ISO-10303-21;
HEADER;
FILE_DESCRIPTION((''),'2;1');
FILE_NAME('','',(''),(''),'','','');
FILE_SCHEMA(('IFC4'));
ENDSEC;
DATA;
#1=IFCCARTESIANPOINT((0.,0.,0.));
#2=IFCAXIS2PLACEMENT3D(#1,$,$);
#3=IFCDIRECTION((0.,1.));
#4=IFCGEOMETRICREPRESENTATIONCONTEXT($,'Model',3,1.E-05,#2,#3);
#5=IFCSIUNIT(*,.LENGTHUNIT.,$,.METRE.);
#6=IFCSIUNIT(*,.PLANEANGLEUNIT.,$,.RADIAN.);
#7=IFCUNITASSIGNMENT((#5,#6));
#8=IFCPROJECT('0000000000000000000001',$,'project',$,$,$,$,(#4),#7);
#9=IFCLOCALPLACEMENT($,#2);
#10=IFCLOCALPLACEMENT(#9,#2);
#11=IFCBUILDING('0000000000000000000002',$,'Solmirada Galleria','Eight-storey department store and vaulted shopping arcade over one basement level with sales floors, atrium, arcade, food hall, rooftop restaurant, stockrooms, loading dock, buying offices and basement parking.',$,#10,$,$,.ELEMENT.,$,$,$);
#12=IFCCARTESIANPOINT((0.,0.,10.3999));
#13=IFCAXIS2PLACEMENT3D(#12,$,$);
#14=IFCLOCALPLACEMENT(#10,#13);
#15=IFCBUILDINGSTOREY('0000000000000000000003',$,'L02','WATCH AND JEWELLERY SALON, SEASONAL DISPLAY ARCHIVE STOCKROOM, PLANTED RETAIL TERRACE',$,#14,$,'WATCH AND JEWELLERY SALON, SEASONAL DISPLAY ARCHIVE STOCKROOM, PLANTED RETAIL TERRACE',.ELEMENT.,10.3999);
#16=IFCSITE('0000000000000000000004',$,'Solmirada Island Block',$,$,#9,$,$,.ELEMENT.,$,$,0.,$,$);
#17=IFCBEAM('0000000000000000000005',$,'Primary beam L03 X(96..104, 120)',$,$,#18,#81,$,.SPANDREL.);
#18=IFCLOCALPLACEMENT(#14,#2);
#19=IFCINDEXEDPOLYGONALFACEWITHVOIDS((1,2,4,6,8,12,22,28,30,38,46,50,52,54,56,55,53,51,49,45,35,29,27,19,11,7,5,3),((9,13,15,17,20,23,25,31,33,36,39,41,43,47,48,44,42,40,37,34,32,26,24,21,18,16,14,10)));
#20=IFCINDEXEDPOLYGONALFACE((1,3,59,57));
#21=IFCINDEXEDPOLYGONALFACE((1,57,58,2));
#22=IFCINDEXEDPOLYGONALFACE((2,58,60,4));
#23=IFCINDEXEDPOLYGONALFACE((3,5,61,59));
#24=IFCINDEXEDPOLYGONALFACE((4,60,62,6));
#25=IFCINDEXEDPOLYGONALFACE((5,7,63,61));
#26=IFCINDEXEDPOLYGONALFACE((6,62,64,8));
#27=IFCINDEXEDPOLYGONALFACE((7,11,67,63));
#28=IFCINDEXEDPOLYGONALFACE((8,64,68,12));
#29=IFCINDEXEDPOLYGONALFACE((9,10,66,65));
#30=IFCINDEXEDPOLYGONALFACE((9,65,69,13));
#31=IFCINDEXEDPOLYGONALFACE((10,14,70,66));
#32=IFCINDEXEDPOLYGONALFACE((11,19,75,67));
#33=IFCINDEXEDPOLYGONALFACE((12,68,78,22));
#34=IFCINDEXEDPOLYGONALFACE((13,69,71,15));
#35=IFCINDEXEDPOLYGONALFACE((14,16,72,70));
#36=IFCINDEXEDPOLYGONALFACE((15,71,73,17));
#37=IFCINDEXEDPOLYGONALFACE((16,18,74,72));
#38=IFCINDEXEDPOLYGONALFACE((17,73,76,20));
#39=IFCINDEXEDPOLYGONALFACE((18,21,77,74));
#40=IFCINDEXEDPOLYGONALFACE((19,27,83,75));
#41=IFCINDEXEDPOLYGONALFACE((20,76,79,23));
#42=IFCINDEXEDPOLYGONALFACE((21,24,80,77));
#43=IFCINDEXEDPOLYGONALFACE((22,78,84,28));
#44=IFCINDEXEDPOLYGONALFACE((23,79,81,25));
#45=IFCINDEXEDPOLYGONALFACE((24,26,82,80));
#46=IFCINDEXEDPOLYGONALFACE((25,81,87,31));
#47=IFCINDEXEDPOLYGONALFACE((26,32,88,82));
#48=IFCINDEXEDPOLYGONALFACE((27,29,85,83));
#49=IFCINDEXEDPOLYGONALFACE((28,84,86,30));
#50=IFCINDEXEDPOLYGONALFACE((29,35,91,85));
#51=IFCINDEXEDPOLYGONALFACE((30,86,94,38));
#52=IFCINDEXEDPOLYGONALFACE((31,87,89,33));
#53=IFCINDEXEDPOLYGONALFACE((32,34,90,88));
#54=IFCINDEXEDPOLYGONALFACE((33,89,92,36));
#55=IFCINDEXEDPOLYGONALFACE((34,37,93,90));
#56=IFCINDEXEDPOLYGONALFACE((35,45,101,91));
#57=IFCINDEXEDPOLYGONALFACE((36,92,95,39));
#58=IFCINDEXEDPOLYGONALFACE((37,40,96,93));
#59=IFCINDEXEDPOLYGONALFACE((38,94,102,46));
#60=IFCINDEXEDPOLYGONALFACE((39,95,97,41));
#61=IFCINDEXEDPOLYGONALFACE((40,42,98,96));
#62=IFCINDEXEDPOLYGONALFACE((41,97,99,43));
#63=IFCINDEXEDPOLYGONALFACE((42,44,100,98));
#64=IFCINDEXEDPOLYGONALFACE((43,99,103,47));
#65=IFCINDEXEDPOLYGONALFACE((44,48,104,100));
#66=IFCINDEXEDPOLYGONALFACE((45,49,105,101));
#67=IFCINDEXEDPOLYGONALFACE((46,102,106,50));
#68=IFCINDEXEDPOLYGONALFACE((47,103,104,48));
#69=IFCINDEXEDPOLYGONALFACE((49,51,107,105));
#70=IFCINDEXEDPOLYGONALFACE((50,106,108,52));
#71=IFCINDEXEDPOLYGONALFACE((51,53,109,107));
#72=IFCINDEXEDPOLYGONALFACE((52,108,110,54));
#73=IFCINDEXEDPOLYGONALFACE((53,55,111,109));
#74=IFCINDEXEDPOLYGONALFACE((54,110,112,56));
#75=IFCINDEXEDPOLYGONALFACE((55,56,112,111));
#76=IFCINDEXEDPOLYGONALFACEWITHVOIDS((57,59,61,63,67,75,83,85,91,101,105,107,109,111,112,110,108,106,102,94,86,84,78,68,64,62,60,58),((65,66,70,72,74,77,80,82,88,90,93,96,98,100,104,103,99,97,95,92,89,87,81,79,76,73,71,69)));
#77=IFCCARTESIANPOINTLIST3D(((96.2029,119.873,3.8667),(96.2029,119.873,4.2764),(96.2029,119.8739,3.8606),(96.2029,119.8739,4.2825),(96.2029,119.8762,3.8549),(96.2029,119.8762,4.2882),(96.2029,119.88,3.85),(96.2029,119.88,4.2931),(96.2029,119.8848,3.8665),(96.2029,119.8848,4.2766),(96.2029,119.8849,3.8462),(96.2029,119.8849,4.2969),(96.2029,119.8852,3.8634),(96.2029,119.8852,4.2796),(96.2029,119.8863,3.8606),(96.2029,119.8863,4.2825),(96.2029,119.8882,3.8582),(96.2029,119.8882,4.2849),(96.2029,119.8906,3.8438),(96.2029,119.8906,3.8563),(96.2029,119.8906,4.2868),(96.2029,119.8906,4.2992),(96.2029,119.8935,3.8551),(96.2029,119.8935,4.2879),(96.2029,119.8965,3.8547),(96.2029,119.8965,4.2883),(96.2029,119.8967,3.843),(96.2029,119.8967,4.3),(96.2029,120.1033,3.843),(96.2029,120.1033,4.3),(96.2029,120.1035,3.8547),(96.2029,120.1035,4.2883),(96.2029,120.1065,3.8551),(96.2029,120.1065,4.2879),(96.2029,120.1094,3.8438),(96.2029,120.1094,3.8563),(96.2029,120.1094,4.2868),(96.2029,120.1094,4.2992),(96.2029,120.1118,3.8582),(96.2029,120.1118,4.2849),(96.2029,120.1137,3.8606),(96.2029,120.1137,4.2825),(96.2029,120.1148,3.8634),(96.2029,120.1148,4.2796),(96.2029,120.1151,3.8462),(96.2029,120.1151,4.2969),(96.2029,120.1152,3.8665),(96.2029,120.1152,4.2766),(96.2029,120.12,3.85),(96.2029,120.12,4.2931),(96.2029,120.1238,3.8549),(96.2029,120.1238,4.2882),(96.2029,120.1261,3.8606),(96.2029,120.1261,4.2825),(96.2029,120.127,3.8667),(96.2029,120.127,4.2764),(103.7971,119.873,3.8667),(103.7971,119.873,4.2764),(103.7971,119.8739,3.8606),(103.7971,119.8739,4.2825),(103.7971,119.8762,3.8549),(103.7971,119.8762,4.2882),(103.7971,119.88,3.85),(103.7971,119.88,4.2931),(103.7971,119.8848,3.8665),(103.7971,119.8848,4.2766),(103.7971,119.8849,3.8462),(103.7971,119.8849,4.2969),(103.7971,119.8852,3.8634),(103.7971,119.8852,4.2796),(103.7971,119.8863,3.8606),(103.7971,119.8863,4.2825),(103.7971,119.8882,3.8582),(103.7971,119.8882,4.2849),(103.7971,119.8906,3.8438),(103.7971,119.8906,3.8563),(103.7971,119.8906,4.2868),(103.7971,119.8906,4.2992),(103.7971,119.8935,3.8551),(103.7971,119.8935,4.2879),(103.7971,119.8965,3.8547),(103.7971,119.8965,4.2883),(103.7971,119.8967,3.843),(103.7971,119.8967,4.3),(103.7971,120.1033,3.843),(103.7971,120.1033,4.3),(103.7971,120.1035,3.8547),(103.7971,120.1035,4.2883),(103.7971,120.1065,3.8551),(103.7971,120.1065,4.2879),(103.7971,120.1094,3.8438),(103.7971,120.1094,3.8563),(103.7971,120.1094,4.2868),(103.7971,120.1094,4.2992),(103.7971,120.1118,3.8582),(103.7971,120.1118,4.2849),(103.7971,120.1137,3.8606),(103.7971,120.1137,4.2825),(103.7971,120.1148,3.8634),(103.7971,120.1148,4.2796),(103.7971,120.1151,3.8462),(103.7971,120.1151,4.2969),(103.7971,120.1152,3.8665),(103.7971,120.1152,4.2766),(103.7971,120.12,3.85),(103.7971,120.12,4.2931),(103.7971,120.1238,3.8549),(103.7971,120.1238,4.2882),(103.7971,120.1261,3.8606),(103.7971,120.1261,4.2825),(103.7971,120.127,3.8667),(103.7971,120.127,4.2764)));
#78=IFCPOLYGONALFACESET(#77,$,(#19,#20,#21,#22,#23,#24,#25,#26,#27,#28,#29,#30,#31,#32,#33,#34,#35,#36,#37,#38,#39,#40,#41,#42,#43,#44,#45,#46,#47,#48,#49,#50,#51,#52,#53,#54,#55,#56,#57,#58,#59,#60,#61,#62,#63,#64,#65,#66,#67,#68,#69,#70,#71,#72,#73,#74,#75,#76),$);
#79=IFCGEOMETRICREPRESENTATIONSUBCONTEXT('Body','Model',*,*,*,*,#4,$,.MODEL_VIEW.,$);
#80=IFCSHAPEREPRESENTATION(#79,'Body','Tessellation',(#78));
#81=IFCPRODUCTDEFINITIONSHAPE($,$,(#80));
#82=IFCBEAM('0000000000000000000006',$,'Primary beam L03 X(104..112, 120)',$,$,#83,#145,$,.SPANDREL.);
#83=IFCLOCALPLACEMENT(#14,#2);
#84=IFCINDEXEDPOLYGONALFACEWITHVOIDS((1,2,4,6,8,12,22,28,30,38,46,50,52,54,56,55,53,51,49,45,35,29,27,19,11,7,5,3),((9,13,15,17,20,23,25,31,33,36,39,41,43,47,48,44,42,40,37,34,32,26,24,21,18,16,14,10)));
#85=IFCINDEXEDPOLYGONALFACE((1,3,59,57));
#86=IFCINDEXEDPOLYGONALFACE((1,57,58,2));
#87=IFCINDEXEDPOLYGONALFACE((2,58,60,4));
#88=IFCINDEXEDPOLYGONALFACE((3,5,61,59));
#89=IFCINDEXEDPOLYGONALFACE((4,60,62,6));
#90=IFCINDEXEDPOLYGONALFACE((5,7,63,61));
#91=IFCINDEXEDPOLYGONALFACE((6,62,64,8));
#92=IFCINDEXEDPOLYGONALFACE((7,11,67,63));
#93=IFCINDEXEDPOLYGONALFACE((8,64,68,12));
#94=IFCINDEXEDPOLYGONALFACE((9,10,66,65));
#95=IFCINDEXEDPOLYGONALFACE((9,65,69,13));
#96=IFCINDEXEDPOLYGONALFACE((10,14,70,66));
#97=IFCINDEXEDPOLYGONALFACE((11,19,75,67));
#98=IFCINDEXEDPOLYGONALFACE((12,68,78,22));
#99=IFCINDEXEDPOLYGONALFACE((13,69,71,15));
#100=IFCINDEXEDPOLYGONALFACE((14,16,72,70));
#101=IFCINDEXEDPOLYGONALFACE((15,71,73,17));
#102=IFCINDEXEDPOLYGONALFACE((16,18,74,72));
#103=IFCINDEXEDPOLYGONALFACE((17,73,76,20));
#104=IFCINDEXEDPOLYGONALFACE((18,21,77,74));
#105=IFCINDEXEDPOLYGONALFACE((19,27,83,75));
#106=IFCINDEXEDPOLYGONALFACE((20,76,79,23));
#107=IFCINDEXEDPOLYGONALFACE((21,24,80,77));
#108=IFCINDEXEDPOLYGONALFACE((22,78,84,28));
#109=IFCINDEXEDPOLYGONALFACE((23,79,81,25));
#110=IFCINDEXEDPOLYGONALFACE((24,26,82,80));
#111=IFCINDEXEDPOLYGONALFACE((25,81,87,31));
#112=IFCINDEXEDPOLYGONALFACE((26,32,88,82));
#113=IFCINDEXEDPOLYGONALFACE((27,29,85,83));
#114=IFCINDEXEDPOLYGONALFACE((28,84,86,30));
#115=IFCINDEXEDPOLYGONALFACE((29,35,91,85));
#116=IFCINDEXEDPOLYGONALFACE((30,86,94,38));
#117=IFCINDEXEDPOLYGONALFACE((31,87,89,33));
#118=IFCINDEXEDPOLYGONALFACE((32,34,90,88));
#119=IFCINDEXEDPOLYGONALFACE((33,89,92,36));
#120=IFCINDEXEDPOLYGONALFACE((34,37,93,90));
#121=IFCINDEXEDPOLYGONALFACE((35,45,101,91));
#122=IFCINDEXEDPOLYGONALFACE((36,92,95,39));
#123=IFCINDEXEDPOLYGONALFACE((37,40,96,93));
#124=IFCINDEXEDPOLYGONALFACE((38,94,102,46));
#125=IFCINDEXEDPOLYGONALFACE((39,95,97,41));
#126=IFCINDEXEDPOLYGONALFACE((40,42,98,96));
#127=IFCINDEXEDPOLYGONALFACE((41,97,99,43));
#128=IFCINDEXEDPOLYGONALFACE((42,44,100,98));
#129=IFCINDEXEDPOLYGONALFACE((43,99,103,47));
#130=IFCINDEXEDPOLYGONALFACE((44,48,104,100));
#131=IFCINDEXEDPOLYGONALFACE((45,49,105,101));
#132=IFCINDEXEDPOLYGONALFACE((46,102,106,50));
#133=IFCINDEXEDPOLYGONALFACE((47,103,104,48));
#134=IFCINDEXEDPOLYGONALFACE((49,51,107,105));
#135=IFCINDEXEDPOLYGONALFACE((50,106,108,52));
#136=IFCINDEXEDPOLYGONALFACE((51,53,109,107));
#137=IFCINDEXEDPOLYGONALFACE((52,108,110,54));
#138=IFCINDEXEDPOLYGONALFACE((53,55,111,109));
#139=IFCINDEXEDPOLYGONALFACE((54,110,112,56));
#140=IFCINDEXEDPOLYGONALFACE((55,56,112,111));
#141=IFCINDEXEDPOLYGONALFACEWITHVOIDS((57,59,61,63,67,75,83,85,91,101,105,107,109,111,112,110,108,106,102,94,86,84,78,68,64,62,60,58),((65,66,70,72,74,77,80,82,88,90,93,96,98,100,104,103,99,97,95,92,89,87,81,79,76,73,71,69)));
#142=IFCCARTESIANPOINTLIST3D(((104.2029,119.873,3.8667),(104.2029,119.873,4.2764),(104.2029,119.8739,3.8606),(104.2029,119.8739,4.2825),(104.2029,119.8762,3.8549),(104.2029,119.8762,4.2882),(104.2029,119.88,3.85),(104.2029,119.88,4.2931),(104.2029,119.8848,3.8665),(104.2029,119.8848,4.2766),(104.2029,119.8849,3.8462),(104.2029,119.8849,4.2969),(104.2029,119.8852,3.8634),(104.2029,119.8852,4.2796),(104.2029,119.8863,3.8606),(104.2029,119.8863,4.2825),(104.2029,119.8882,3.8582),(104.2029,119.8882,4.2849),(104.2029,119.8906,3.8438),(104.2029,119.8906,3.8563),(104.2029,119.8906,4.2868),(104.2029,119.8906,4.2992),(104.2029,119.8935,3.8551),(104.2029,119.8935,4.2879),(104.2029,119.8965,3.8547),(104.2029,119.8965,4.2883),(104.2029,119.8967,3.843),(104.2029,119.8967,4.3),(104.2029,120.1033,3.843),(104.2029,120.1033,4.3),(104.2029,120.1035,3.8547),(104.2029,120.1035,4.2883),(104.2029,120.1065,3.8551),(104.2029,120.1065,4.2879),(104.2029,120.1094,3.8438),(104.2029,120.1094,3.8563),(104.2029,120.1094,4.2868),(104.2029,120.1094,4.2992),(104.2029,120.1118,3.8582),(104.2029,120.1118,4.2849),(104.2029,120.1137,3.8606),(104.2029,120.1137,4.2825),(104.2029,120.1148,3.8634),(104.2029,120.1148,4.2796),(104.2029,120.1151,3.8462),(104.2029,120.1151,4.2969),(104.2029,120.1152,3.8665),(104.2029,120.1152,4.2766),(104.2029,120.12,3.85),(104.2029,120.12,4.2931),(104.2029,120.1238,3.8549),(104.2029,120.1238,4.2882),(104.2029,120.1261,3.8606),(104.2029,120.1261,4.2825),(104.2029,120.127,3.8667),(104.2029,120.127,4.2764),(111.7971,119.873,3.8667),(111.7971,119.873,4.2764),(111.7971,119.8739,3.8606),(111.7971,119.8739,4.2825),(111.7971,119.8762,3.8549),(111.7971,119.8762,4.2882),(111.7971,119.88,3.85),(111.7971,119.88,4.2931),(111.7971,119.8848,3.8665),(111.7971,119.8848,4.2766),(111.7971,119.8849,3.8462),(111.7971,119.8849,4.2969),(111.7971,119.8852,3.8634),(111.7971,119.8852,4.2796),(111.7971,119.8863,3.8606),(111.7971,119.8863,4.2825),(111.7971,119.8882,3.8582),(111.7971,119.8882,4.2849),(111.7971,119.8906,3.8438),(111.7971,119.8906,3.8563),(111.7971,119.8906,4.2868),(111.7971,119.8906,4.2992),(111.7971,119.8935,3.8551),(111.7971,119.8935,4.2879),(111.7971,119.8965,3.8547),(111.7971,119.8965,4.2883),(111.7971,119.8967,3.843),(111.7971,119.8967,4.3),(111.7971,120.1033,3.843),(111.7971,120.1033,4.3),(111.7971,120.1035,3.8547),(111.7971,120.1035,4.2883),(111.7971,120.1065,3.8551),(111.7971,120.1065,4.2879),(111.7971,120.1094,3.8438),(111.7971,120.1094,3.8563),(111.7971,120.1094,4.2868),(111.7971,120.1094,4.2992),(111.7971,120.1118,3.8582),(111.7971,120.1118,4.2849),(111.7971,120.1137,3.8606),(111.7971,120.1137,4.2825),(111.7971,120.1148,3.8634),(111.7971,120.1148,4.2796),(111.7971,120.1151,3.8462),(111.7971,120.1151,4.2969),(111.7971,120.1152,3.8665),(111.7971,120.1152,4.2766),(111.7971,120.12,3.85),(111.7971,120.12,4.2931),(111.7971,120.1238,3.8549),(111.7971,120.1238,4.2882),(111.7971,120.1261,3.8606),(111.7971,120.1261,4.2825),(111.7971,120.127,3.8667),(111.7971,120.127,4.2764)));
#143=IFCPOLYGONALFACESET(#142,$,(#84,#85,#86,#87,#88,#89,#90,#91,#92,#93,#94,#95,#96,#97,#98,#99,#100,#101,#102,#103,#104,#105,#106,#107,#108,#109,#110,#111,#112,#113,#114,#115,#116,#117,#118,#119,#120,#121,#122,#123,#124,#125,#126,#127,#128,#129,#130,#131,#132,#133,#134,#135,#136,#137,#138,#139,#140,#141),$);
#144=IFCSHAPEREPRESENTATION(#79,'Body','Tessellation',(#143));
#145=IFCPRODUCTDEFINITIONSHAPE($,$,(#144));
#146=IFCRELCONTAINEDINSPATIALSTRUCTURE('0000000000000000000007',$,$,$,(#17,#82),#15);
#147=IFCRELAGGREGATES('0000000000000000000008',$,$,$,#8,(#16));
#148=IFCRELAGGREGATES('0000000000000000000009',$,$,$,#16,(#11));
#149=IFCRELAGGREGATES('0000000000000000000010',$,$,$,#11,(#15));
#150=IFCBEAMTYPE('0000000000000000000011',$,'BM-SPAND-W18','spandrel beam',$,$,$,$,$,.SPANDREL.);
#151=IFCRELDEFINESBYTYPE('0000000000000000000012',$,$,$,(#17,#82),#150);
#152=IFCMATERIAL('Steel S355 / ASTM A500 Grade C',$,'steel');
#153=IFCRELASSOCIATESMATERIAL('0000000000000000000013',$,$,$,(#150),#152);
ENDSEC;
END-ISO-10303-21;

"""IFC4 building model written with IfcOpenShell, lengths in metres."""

from ifc_helpers import new_model, si_unit, direction, frame, origin, origin_2d, place, context, subcontext, project, spatial, hollow_rectangle, extrude, material, material_profile, profile_set, type_object, element, save


model = new_model("IFC4")

# Units and contexts
model_context = context("Model", 3, precision=1e-05, world=origin(), true_north=direction((0.0, 1.0)))
body_context = subcontext(model_context, "Body", "Model", "MODEL_VIEW")
ifc_project = project(units=[si_unit("LENGTHUNIT", "METRE"), si_unit("PLANEANGLEUNIT", "RADIAN")], contexts=[model_context])

# Site, building, storey
site_placement = place(None, origin())
site = spatial("IfcSite", under=ifc_project, at=site_placement, Name="Solmirada Island Block", CompositionType="ELEMENT", RefElevation=0.0)
building_placement = place(site_placement, origin())
building = spatial("IfcBuilding", under=site, at=building_placement, Name="Solmirada Galleria", Description="Eight-storey department store and vaulted shopping arcade over one basement level with sales floors, atrium, arcade, food hall, rooftop restaurant, stockrooms, loading dock, buying offices and basement parking.", CompositionType="ELEMENT")
storey_placement = place(building_placement, frame((0.0, 0.0, 10.3999)))
storey = spatial("IfcBuildingStorey", under=building, at=storey_placement, Name="L02", Description="WATCH AND JEWELLERY SALON, SEASONAL DISPLAY ARCHIVE STOCKROOM, PLANTED RETAIL TERRACE", LongName="WATCH AND JEWELLERY SALON, SEASONAL DISPLAY ARCHIVE STOCKROOM, PLANTED RETAIL TERRACE", CompositionType="ELEMENT", Elevation=10.3999)

# Shared definitions
ifc_material_1 = material(Name="Steel S355 / ASTM A500 Grade C", Category="steel")

# Beams
ifc_material_profile_1 = material_profile(ifc_material_1, hollow_rectangle(XDim=0.2539, YDim=0.457, WallThickness=0.0117, InnerFilletRadius=0.0117, OuterFilletRadius=0.0237, at=origin_2d()), Name="HSS18X10X1/2")
ifc_profile_set_1 = profile_set([ifc_material_profile_1], Name="Steel S355 / ASTM A500 Grade C")
beam_type = type_object("IfcBeamType", Name="BM-SPAND-W18", Description="spandrel beam", PredefinedType="SPANDREL", material=ifc_profile_set_1)
for number, where, z_axis, x_axis, name in (
    (1, (96.2029, 120.0, 4.0715), (1.0, 0.0, 0.0), (0.0, 1.0, 0.0), "Primary beam L03 X(96..104, 120)"),
    (2, (104.2029, 120.0, 4.0715), (1.0, 0.0, 0.0), (0.0, 1.0, 0.0), "Primary beam L03 X(104..112, 120)"),
):
    element("IfcBeam", number, at=place(storey_placement, frame(where, z_axis=z_axis, x_axis=x_axis)), inside=storey, type_object=beam_type, Name=name, PredefinedType="SPANDREL", context=body_context, shape_type="SweptSolid", body=[
        extrude(hollow_rectangle(XDim=0.2539, YDim=0.457, WallThickness=0.0117, InnerFilletRadius=0.0117, OuterFilletRadius=0.0237, at=origin_2d()), origin(), (0.0, 0.0, 1.0), 7.5942),
    ])

save(model, "model.ifc")
